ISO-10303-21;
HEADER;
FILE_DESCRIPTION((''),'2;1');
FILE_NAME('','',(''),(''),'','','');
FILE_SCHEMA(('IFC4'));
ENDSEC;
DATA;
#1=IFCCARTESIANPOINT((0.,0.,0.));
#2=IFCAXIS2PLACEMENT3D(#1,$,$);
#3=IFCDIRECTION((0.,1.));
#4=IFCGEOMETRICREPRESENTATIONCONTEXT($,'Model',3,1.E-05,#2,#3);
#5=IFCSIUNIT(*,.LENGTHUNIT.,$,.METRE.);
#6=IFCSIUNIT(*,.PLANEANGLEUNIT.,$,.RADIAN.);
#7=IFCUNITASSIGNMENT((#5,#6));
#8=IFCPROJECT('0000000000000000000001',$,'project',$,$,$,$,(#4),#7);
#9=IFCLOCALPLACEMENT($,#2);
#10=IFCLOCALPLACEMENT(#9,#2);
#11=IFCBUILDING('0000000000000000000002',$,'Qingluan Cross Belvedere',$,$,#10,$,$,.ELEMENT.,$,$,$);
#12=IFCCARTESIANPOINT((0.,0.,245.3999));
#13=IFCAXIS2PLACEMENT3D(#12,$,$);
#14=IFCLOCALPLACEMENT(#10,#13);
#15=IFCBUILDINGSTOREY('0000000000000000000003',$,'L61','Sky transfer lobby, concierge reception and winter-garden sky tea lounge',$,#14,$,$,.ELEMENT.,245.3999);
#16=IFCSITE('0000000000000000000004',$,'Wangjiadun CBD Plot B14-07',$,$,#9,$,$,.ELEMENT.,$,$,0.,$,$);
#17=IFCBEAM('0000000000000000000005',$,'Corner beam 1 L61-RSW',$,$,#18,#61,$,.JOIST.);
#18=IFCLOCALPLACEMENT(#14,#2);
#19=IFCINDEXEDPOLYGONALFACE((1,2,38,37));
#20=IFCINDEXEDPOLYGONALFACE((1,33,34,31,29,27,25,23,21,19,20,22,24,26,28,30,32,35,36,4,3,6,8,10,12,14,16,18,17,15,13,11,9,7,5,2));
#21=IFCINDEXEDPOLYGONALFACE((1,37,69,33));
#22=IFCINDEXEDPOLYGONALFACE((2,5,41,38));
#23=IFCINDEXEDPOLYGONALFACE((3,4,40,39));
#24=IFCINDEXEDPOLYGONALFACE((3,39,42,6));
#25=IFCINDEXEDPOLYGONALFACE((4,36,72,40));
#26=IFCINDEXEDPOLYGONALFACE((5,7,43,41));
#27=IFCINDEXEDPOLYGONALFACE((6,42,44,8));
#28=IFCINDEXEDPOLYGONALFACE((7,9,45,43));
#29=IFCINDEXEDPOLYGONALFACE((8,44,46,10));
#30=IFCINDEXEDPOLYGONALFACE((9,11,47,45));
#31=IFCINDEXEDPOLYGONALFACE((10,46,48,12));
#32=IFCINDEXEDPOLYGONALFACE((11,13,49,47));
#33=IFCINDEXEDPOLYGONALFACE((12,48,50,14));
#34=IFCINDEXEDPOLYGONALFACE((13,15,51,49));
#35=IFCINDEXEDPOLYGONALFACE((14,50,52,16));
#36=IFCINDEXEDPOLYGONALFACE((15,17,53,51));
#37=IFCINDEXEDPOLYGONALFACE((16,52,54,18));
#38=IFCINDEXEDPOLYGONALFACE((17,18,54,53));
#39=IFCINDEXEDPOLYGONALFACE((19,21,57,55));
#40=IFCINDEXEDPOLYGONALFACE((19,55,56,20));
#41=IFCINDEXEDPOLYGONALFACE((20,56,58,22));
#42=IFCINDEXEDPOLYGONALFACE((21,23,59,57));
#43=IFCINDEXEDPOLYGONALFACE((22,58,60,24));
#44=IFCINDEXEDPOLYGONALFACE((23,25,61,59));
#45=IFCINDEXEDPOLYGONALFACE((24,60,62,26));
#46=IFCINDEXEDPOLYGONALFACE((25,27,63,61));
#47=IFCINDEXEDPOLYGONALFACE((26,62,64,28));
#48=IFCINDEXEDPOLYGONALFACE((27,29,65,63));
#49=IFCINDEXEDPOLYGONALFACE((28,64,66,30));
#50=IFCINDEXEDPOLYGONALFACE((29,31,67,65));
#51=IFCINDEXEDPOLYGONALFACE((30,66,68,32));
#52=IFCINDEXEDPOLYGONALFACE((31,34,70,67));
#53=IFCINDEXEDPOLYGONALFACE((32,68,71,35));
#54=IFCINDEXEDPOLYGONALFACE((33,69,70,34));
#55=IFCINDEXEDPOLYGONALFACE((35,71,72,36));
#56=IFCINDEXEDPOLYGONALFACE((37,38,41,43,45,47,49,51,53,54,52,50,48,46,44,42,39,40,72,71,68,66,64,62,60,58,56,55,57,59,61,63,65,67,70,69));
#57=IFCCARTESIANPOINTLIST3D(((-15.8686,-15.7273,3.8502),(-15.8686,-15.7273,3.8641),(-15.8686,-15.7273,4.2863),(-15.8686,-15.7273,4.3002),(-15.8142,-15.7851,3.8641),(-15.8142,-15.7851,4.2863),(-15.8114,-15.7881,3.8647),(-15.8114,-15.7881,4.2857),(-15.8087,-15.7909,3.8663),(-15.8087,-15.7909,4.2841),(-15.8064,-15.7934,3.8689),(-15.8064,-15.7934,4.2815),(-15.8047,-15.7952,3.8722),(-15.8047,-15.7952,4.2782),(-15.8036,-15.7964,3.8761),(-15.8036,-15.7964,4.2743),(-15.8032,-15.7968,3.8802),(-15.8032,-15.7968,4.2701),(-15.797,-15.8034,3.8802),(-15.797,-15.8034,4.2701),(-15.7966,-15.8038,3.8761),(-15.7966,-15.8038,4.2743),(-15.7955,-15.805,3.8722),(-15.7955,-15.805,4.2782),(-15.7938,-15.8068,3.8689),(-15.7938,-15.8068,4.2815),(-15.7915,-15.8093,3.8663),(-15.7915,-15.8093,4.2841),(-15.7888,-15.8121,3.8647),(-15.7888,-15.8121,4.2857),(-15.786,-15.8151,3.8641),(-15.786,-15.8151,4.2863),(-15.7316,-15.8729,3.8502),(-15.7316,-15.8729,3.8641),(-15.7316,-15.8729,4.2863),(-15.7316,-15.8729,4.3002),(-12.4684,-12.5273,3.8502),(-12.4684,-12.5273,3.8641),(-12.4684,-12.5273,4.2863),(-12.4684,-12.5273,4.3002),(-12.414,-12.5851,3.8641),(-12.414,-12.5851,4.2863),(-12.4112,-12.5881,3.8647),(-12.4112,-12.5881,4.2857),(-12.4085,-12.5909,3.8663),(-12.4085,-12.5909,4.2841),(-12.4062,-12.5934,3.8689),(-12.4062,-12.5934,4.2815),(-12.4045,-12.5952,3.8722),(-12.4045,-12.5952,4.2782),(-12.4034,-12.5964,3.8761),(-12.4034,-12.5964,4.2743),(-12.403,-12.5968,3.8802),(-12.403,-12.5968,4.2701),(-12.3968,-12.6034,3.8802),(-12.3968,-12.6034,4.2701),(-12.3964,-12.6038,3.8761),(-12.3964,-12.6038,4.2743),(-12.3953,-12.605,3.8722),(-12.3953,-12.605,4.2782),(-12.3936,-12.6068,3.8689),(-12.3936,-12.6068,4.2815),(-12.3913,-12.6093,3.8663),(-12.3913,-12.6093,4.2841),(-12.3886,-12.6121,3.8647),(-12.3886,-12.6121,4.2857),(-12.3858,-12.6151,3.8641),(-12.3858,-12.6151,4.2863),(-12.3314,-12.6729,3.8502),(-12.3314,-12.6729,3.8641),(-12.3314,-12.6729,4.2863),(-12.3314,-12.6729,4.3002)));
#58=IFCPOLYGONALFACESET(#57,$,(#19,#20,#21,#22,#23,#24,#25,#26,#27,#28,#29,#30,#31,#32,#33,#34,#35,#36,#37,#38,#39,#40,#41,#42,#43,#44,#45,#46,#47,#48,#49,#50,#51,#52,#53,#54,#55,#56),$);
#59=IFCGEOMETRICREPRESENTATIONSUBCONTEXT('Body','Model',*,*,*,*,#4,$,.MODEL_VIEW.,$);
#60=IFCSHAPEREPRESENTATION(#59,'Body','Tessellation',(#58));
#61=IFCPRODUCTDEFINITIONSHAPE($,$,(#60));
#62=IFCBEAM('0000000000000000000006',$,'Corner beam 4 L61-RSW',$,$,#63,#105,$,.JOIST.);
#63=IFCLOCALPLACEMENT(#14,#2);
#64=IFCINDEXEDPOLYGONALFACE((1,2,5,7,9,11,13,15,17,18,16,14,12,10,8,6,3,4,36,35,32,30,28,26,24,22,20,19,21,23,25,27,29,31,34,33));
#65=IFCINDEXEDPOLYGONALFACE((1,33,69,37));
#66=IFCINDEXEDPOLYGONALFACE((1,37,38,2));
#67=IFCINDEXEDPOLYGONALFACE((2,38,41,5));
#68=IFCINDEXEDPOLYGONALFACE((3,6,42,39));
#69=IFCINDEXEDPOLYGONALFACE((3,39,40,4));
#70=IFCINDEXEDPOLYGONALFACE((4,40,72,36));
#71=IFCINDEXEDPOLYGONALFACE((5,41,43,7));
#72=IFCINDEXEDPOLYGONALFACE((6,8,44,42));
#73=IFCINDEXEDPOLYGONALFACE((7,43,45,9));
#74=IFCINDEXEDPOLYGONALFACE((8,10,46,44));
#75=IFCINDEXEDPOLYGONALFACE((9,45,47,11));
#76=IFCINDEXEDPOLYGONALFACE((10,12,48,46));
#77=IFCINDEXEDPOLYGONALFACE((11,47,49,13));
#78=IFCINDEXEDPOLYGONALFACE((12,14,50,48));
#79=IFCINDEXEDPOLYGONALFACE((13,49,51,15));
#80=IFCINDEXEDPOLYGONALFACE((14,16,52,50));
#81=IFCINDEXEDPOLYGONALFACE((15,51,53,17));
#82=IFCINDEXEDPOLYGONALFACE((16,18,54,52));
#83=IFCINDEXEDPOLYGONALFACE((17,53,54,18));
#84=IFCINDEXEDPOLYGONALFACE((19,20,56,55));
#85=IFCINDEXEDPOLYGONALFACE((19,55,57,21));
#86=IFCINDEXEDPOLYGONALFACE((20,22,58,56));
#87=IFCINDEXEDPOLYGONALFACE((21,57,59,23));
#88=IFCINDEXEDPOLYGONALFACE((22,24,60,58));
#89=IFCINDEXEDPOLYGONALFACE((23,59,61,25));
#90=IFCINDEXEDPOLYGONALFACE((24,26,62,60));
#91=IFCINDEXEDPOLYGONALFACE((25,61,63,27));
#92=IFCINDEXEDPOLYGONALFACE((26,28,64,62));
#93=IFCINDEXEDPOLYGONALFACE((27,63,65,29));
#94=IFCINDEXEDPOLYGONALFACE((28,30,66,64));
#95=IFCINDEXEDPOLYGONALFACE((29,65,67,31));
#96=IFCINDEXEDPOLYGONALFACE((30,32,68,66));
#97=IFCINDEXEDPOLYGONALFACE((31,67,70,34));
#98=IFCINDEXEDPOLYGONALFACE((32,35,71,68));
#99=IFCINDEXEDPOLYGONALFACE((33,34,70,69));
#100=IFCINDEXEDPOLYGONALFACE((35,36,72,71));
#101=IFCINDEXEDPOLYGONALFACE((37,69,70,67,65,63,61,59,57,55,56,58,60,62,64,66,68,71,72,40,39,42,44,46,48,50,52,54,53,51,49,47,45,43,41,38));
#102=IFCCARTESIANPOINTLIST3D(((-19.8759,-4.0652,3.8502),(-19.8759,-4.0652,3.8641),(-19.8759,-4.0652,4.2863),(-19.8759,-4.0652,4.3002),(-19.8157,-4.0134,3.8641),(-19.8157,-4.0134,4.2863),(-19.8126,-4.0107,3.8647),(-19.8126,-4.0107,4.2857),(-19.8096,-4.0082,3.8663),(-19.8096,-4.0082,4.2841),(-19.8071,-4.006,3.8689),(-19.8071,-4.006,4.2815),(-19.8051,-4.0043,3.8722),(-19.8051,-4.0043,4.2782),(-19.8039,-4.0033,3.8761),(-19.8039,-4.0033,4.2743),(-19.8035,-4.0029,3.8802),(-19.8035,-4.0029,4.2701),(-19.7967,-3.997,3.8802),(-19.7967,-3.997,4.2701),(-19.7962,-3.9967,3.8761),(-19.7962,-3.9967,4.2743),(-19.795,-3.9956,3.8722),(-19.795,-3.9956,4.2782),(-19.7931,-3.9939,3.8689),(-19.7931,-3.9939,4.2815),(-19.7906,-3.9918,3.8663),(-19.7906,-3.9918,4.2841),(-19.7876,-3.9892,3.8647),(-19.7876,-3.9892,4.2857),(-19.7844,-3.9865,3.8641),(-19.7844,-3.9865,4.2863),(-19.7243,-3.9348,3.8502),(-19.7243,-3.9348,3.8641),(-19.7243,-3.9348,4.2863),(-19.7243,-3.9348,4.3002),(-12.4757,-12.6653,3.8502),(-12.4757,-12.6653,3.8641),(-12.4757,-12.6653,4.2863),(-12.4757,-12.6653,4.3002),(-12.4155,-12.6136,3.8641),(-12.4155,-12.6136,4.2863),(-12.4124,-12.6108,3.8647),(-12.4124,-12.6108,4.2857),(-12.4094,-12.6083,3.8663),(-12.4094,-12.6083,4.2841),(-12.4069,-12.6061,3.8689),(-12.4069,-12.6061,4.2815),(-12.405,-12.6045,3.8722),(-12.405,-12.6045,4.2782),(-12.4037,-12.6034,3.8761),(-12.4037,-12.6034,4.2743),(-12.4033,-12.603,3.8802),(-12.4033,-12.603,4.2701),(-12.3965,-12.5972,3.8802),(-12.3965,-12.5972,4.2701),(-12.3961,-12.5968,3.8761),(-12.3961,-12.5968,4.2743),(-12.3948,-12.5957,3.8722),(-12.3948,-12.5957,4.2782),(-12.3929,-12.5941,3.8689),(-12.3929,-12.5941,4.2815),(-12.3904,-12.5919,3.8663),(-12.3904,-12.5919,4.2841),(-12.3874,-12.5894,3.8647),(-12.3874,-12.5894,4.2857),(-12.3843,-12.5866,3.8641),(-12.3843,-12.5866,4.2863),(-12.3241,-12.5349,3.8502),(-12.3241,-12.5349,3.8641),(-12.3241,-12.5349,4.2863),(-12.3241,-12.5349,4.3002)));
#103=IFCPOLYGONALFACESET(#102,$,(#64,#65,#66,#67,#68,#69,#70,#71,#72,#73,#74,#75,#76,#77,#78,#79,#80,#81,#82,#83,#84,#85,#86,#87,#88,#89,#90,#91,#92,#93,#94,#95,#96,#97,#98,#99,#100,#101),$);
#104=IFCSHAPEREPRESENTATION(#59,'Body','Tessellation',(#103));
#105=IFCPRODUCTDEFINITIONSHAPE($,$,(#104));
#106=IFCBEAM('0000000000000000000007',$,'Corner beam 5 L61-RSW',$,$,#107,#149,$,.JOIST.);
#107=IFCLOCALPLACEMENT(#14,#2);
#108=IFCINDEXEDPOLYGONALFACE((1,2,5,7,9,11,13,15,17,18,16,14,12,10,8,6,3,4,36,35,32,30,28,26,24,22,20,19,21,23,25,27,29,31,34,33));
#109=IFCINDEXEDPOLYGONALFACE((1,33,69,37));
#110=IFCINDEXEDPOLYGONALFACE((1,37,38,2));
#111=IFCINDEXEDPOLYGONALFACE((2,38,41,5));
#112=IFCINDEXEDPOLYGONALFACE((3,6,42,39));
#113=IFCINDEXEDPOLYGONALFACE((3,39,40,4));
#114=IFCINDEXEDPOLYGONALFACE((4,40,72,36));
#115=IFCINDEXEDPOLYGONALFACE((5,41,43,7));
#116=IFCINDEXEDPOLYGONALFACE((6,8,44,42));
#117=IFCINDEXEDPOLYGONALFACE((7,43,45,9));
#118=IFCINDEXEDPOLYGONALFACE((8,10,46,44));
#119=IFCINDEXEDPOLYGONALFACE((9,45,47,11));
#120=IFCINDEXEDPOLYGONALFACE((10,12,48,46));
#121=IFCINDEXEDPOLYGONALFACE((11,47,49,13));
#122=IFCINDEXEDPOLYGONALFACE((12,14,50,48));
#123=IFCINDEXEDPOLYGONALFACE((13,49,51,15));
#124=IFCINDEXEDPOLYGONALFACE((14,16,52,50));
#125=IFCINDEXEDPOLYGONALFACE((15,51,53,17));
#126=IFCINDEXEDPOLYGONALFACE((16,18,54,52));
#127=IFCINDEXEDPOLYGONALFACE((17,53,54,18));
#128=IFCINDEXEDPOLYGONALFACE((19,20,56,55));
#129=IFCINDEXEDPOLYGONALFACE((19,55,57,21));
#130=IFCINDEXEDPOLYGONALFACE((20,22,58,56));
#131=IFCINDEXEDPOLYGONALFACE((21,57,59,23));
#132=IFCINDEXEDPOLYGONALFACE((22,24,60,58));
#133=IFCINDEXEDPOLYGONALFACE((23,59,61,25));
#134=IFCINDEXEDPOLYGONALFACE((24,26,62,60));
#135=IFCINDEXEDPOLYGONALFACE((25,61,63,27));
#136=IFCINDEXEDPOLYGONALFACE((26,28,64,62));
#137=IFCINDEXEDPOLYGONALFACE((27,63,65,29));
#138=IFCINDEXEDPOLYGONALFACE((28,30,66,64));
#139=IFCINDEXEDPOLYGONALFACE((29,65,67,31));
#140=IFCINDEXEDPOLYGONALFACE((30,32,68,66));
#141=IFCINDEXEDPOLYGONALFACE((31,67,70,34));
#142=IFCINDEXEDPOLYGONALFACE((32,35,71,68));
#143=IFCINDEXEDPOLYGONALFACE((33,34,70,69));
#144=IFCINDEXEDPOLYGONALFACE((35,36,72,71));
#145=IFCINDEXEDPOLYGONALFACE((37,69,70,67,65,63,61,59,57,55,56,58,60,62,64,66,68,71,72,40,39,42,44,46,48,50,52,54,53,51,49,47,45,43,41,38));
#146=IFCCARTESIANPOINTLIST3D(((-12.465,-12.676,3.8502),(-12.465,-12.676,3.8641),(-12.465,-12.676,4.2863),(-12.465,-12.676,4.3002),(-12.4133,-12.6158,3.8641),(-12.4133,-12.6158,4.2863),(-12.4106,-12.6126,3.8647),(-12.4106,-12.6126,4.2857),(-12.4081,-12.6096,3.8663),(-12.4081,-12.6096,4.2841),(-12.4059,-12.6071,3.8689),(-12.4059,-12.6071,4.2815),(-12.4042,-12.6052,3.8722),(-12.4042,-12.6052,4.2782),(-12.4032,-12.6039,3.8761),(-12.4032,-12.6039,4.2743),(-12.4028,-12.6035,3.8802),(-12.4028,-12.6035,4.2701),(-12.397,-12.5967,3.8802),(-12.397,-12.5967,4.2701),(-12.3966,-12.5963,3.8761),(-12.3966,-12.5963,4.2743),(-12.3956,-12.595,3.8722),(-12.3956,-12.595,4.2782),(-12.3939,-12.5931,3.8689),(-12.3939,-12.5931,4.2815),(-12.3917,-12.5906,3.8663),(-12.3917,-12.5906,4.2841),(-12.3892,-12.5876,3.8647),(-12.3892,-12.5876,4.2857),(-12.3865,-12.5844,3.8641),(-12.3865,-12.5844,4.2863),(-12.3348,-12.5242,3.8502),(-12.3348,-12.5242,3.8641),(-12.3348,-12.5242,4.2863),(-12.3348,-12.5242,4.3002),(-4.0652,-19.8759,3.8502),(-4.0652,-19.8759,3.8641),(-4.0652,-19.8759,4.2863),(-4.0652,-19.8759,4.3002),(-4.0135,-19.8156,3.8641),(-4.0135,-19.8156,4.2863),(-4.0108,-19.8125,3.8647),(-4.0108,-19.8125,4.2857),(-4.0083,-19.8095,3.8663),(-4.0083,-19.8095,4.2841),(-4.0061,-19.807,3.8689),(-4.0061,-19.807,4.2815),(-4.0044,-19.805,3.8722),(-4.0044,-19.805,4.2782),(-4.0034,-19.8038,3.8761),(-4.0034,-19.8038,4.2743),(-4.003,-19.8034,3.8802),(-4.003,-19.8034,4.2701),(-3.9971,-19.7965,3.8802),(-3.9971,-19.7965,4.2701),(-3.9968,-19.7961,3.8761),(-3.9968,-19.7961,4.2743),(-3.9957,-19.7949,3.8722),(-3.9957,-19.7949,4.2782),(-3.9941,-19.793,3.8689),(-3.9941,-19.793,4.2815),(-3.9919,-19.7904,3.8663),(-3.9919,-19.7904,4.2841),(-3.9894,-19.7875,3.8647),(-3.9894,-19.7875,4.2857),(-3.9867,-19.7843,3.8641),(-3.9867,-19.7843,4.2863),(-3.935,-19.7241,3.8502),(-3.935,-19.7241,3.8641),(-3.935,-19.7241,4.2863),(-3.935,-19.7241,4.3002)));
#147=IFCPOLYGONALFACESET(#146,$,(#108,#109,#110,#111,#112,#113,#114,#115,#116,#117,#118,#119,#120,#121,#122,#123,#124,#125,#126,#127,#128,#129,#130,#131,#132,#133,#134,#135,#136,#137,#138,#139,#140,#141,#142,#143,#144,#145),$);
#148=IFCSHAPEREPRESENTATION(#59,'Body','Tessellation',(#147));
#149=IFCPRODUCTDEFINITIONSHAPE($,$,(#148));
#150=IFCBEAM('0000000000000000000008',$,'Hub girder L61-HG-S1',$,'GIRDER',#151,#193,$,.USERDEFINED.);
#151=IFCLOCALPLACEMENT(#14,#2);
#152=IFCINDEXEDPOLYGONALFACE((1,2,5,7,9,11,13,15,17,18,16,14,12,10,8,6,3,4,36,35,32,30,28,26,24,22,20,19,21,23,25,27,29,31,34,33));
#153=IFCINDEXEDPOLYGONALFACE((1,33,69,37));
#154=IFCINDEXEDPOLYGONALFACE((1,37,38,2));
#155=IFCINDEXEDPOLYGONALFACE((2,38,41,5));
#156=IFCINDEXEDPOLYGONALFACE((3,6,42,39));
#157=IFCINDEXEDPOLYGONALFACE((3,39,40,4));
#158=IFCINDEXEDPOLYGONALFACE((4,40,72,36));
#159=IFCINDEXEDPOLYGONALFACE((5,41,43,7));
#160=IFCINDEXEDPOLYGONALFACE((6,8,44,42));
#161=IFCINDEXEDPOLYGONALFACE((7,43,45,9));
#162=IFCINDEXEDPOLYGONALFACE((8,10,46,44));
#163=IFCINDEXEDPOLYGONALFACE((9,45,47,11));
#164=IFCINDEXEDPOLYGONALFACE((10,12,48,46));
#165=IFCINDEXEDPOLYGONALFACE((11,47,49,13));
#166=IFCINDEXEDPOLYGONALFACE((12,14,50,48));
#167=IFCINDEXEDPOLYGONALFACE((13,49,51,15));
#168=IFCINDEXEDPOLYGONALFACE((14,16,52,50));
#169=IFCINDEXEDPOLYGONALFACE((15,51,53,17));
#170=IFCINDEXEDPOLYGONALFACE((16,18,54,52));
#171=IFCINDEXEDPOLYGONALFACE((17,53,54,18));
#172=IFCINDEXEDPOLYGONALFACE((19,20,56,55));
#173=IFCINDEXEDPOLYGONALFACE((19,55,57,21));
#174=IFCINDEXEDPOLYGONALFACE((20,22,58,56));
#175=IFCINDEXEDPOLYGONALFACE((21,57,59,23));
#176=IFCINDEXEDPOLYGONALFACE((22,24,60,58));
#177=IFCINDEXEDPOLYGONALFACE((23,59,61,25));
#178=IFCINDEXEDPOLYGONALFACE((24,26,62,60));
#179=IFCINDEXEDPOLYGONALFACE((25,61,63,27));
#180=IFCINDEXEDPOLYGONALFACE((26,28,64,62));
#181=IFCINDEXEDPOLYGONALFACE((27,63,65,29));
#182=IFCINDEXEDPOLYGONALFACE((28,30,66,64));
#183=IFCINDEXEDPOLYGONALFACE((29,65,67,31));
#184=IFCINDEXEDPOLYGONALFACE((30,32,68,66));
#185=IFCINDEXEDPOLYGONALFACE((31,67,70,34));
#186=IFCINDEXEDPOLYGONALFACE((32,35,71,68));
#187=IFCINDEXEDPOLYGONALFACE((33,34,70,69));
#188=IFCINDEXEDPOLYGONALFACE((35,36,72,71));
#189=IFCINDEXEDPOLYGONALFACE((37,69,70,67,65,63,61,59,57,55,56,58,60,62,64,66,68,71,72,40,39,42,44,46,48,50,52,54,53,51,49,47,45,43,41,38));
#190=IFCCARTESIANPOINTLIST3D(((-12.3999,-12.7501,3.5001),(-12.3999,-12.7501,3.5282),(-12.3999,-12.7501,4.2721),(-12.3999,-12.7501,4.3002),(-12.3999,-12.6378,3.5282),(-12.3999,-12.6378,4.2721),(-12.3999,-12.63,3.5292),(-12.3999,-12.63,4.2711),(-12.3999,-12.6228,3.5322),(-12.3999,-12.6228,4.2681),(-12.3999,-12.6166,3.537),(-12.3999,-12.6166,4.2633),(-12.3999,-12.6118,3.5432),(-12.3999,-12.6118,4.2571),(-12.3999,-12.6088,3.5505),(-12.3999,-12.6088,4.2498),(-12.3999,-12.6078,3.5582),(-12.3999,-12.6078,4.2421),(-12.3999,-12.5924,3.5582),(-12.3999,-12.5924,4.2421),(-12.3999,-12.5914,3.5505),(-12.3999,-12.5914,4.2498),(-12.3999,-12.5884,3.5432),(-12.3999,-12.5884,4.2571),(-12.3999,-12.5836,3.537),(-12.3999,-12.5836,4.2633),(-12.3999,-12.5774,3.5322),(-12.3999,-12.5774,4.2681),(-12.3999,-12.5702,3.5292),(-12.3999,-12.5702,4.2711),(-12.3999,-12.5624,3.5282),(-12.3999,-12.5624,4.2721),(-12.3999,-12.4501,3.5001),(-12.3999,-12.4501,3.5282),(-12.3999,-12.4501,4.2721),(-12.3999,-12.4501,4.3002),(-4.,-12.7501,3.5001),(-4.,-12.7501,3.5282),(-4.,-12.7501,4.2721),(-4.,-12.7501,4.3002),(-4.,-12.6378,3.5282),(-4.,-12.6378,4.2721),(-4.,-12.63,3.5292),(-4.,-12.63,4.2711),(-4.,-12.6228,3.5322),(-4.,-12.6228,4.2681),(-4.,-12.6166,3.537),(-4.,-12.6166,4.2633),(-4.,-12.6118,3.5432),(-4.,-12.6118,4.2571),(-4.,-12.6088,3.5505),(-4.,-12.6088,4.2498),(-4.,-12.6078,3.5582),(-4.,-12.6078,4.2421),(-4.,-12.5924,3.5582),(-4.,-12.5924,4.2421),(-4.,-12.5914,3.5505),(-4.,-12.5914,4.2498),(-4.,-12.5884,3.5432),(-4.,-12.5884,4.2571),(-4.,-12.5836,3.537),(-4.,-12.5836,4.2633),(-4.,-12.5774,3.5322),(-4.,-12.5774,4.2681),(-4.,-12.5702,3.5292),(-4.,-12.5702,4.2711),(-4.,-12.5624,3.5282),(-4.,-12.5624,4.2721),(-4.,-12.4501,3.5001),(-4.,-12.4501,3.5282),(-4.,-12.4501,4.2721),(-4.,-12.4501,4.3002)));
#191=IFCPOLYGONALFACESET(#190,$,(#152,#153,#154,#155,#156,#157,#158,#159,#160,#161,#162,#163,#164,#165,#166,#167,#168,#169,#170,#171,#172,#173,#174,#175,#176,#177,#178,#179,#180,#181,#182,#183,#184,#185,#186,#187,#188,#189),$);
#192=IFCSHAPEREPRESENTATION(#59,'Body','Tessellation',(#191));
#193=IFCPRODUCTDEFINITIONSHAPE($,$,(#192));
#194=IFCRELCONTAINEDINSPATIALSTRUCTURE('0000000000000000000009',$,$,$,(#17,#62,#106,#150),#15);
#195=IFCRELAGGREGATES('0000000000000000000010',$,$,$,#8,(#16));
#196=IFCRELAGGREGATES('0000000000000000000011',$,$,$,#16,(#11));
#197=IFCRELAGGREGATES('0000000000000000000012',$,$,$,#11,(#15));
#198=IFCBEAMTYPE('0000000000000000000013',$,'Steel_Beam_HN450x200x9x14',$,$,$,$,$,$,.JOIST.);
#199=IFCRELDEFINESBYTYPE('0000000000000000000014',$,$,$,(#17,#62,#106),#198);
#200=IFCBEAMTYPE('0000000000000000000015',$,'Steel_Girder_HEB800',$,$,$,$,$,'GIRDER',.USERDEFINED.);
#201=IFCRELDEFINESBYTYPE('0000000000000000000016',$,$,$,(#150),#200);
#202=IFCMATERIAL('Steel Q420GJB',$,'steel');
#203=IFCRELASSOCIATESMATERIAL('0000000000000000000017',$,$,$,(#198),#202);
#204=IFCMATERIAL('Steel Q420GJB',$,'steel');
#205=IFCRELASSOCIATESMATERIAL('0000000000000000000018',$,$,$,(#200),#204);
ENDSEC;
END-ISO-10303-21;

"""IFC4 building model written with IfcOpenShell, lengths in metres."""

from ifc_helpers import new_model, si_unit, direction, frame, origin, origin_2d, place, context, subcontext, project, spatial, i_section, extrude, material, material_profile, profile_set, type_object, element, save


model = new_model("IFC4")

# Units and contexts
model_context = context("Model", 3, precision=1e-05, world=origin(), true_north=direction((0.0, 1.0)))
body_context = subcontext(model_context, "Body", "Model", "MODEL_VIEW")
ifc_project = project(units=[si_unit("LENGTHUNIT", "METRE"), si_unit("PLANEANGLEUNIT", "RADIAN")], contexts=[model_context])

# Site, building, storey
site_placement = place(None, origin())
site = spatial("IfcSite", under=ifc_project, at=site_placement, Name="Wangjiadun CBD Plot B14-07", CompositionType="ELEMENT", RefElevation=0.0)
building_placement = place(site_placement, origin())
building = spatial("IfcBuilding", under=site, at=building_placement, Name="Qingluan Cross Belvedere", CompositionType="ELEMENT")
storey_placement = place(building_placement, frame((0.0, 0.0, 245.3999)))
storey = spatial("IfcBuildingStorey", under=building, at=storey_placement, Name="L61", Description="Sky transfer lobby, concierge reception and winter-garden sky tea lounge", CompositionType="ELEMENT", Elevation=245.3999)

# Beams
ifc_material_1 = material(Name="Steel Q420GJB", Category="steel")
ifc_material_profile_1 = material_profile(ifc_material_1, i_section(OverallWidth=0.2, OverallDepth=0.45, WebThickness=0.009, FlangeThickness=0.0139, FilletRadius=0.0161, at=origin_2d()), Name="HN450x200x9x14")
ifc_profile_set_1 = profile_set([ifc_material_profile_1], Name="Steel Q420GJB")
beam_type_1 = type_object("IfcBeamType", Name="Steel_Beam_HN450x200x9x14", PredefinedType="JOIST", material=ifc_profile_set_1)
beam_1_placement = place(storey_placement, frame((-12.3999, -12.6001, 4.0752), z_axis=(-0.72822, -0.685343, 0.0), x_axis=(0.685343, -0.72822, 0.0)))
element("IfcBeam", 1, at=beam_1_placement, inside=storey, type_object=beam_type_1, Name="Corner beam 1 L61-RSW", PredefinedType="JOIST", context=body_context, shape_type="SweptSolid", body=[
    extrude(i_section(OverallWidth=0.2, OverallDepth=0.45, WebThickness=0.009, FlangeThickness=0.0139, FilletRadius=0.0161, at=origin_2d()), origin(), (0.0, 0.0, 1.0), 4.6692),
])
beam_2_placement = place(storey_placement, frame((-12.3999, -12.6001, 4.0752), z_axis=(-0.652245, 0.758008, 0.0), x_axis=(-0.758008, -0.652245, 0.0)))
element("IfcBeam", 2, at=beam_2_placement, inside=storey, type_object=beam_type_1, Name="Corner beam 4 L61-RSW", PredefinedType="JOIST", context=body_context, shape_type="SweptSolid", body=[
    extrude(i_section(OverallWidth=0.2, OverallDepth=0.45, WebThickness=0.009, FlangeThickness=0.0139, FilletRadius=0.0161, at=origin_2d()), origin(), (0.0, 0.0, 1.0), 11.3457),
])
beam_3_placement = place(storey_placement, frame((-12.3999, -12.6001, 4.0752), z_axis=(0.759255, -0.650793, 0.0), x_axis=(0.650793, 0.759255, 0.0)))
element("IfcBeam", 3, at=beam_3_placement, inside=storey, type_object=beam_type_1, Name="Corner beam 5 L61-RSW", PredefinedType="JOIST", context=body_context, shape_type="SweptSolid", body=[
    extrude(i_section(OverallWidth=0.2, OverallDepth=0.45, WebThickness=0.009, FlangeThickness=0.0139, FilletRadius=0.0161, at=origin_2d()), origin(), (0.0, 0.0, 1.0), 11.0632),
])
ifc_material_2 = material(Name="Steel Q420GJB", Category="steel")
ifc_material_profile_2 = material_profile(ifc_material_2, i_section(OverallWidth=0.3, OverallDepth=0.8, WebThickness=0.0154, FlangeThickness=0.0281, FilletRadius=0.03, at=origin_2d()), Name="HEB800")
ifc_profile_set_2 = profile_set([ifc_material_profile_2], Name="Steel Q420GJB")
beam_type_2 = type_object("IfcBeamType", Name="Steel_Girder_HEB800", ElementType="GIRDER", PredefinedType="USERDEFINED", material=ifc_profile_set_2)
beam_4_placement = place(storey_placement, frame((-12.3999, -12.6001, 3.9001), z_axis=(1.0, 0.0, 0.0), x_axis=(0.0, 1.0, 0.0)))
element("IfcBeam", 4, at=beam_4_placement, inside=storey, type_object=beam_type_2, Name="Hub girder L61-HG-S1", ObjectType="GIRDER", PredefinedType="USERDEFINED", context=body_context, shape_type="SweptSolid", body=[
    extrude(i_section(OverallWidth=0.3, OverallDepth=0.8, WebThickness=0.0154, FlangeThickness=0.0281, FilletRadius=0.03, at=origin_2d()), origin(), (0.0, 0.0, 1.0), 8.3999),
])

save(model, "model.ifc")
